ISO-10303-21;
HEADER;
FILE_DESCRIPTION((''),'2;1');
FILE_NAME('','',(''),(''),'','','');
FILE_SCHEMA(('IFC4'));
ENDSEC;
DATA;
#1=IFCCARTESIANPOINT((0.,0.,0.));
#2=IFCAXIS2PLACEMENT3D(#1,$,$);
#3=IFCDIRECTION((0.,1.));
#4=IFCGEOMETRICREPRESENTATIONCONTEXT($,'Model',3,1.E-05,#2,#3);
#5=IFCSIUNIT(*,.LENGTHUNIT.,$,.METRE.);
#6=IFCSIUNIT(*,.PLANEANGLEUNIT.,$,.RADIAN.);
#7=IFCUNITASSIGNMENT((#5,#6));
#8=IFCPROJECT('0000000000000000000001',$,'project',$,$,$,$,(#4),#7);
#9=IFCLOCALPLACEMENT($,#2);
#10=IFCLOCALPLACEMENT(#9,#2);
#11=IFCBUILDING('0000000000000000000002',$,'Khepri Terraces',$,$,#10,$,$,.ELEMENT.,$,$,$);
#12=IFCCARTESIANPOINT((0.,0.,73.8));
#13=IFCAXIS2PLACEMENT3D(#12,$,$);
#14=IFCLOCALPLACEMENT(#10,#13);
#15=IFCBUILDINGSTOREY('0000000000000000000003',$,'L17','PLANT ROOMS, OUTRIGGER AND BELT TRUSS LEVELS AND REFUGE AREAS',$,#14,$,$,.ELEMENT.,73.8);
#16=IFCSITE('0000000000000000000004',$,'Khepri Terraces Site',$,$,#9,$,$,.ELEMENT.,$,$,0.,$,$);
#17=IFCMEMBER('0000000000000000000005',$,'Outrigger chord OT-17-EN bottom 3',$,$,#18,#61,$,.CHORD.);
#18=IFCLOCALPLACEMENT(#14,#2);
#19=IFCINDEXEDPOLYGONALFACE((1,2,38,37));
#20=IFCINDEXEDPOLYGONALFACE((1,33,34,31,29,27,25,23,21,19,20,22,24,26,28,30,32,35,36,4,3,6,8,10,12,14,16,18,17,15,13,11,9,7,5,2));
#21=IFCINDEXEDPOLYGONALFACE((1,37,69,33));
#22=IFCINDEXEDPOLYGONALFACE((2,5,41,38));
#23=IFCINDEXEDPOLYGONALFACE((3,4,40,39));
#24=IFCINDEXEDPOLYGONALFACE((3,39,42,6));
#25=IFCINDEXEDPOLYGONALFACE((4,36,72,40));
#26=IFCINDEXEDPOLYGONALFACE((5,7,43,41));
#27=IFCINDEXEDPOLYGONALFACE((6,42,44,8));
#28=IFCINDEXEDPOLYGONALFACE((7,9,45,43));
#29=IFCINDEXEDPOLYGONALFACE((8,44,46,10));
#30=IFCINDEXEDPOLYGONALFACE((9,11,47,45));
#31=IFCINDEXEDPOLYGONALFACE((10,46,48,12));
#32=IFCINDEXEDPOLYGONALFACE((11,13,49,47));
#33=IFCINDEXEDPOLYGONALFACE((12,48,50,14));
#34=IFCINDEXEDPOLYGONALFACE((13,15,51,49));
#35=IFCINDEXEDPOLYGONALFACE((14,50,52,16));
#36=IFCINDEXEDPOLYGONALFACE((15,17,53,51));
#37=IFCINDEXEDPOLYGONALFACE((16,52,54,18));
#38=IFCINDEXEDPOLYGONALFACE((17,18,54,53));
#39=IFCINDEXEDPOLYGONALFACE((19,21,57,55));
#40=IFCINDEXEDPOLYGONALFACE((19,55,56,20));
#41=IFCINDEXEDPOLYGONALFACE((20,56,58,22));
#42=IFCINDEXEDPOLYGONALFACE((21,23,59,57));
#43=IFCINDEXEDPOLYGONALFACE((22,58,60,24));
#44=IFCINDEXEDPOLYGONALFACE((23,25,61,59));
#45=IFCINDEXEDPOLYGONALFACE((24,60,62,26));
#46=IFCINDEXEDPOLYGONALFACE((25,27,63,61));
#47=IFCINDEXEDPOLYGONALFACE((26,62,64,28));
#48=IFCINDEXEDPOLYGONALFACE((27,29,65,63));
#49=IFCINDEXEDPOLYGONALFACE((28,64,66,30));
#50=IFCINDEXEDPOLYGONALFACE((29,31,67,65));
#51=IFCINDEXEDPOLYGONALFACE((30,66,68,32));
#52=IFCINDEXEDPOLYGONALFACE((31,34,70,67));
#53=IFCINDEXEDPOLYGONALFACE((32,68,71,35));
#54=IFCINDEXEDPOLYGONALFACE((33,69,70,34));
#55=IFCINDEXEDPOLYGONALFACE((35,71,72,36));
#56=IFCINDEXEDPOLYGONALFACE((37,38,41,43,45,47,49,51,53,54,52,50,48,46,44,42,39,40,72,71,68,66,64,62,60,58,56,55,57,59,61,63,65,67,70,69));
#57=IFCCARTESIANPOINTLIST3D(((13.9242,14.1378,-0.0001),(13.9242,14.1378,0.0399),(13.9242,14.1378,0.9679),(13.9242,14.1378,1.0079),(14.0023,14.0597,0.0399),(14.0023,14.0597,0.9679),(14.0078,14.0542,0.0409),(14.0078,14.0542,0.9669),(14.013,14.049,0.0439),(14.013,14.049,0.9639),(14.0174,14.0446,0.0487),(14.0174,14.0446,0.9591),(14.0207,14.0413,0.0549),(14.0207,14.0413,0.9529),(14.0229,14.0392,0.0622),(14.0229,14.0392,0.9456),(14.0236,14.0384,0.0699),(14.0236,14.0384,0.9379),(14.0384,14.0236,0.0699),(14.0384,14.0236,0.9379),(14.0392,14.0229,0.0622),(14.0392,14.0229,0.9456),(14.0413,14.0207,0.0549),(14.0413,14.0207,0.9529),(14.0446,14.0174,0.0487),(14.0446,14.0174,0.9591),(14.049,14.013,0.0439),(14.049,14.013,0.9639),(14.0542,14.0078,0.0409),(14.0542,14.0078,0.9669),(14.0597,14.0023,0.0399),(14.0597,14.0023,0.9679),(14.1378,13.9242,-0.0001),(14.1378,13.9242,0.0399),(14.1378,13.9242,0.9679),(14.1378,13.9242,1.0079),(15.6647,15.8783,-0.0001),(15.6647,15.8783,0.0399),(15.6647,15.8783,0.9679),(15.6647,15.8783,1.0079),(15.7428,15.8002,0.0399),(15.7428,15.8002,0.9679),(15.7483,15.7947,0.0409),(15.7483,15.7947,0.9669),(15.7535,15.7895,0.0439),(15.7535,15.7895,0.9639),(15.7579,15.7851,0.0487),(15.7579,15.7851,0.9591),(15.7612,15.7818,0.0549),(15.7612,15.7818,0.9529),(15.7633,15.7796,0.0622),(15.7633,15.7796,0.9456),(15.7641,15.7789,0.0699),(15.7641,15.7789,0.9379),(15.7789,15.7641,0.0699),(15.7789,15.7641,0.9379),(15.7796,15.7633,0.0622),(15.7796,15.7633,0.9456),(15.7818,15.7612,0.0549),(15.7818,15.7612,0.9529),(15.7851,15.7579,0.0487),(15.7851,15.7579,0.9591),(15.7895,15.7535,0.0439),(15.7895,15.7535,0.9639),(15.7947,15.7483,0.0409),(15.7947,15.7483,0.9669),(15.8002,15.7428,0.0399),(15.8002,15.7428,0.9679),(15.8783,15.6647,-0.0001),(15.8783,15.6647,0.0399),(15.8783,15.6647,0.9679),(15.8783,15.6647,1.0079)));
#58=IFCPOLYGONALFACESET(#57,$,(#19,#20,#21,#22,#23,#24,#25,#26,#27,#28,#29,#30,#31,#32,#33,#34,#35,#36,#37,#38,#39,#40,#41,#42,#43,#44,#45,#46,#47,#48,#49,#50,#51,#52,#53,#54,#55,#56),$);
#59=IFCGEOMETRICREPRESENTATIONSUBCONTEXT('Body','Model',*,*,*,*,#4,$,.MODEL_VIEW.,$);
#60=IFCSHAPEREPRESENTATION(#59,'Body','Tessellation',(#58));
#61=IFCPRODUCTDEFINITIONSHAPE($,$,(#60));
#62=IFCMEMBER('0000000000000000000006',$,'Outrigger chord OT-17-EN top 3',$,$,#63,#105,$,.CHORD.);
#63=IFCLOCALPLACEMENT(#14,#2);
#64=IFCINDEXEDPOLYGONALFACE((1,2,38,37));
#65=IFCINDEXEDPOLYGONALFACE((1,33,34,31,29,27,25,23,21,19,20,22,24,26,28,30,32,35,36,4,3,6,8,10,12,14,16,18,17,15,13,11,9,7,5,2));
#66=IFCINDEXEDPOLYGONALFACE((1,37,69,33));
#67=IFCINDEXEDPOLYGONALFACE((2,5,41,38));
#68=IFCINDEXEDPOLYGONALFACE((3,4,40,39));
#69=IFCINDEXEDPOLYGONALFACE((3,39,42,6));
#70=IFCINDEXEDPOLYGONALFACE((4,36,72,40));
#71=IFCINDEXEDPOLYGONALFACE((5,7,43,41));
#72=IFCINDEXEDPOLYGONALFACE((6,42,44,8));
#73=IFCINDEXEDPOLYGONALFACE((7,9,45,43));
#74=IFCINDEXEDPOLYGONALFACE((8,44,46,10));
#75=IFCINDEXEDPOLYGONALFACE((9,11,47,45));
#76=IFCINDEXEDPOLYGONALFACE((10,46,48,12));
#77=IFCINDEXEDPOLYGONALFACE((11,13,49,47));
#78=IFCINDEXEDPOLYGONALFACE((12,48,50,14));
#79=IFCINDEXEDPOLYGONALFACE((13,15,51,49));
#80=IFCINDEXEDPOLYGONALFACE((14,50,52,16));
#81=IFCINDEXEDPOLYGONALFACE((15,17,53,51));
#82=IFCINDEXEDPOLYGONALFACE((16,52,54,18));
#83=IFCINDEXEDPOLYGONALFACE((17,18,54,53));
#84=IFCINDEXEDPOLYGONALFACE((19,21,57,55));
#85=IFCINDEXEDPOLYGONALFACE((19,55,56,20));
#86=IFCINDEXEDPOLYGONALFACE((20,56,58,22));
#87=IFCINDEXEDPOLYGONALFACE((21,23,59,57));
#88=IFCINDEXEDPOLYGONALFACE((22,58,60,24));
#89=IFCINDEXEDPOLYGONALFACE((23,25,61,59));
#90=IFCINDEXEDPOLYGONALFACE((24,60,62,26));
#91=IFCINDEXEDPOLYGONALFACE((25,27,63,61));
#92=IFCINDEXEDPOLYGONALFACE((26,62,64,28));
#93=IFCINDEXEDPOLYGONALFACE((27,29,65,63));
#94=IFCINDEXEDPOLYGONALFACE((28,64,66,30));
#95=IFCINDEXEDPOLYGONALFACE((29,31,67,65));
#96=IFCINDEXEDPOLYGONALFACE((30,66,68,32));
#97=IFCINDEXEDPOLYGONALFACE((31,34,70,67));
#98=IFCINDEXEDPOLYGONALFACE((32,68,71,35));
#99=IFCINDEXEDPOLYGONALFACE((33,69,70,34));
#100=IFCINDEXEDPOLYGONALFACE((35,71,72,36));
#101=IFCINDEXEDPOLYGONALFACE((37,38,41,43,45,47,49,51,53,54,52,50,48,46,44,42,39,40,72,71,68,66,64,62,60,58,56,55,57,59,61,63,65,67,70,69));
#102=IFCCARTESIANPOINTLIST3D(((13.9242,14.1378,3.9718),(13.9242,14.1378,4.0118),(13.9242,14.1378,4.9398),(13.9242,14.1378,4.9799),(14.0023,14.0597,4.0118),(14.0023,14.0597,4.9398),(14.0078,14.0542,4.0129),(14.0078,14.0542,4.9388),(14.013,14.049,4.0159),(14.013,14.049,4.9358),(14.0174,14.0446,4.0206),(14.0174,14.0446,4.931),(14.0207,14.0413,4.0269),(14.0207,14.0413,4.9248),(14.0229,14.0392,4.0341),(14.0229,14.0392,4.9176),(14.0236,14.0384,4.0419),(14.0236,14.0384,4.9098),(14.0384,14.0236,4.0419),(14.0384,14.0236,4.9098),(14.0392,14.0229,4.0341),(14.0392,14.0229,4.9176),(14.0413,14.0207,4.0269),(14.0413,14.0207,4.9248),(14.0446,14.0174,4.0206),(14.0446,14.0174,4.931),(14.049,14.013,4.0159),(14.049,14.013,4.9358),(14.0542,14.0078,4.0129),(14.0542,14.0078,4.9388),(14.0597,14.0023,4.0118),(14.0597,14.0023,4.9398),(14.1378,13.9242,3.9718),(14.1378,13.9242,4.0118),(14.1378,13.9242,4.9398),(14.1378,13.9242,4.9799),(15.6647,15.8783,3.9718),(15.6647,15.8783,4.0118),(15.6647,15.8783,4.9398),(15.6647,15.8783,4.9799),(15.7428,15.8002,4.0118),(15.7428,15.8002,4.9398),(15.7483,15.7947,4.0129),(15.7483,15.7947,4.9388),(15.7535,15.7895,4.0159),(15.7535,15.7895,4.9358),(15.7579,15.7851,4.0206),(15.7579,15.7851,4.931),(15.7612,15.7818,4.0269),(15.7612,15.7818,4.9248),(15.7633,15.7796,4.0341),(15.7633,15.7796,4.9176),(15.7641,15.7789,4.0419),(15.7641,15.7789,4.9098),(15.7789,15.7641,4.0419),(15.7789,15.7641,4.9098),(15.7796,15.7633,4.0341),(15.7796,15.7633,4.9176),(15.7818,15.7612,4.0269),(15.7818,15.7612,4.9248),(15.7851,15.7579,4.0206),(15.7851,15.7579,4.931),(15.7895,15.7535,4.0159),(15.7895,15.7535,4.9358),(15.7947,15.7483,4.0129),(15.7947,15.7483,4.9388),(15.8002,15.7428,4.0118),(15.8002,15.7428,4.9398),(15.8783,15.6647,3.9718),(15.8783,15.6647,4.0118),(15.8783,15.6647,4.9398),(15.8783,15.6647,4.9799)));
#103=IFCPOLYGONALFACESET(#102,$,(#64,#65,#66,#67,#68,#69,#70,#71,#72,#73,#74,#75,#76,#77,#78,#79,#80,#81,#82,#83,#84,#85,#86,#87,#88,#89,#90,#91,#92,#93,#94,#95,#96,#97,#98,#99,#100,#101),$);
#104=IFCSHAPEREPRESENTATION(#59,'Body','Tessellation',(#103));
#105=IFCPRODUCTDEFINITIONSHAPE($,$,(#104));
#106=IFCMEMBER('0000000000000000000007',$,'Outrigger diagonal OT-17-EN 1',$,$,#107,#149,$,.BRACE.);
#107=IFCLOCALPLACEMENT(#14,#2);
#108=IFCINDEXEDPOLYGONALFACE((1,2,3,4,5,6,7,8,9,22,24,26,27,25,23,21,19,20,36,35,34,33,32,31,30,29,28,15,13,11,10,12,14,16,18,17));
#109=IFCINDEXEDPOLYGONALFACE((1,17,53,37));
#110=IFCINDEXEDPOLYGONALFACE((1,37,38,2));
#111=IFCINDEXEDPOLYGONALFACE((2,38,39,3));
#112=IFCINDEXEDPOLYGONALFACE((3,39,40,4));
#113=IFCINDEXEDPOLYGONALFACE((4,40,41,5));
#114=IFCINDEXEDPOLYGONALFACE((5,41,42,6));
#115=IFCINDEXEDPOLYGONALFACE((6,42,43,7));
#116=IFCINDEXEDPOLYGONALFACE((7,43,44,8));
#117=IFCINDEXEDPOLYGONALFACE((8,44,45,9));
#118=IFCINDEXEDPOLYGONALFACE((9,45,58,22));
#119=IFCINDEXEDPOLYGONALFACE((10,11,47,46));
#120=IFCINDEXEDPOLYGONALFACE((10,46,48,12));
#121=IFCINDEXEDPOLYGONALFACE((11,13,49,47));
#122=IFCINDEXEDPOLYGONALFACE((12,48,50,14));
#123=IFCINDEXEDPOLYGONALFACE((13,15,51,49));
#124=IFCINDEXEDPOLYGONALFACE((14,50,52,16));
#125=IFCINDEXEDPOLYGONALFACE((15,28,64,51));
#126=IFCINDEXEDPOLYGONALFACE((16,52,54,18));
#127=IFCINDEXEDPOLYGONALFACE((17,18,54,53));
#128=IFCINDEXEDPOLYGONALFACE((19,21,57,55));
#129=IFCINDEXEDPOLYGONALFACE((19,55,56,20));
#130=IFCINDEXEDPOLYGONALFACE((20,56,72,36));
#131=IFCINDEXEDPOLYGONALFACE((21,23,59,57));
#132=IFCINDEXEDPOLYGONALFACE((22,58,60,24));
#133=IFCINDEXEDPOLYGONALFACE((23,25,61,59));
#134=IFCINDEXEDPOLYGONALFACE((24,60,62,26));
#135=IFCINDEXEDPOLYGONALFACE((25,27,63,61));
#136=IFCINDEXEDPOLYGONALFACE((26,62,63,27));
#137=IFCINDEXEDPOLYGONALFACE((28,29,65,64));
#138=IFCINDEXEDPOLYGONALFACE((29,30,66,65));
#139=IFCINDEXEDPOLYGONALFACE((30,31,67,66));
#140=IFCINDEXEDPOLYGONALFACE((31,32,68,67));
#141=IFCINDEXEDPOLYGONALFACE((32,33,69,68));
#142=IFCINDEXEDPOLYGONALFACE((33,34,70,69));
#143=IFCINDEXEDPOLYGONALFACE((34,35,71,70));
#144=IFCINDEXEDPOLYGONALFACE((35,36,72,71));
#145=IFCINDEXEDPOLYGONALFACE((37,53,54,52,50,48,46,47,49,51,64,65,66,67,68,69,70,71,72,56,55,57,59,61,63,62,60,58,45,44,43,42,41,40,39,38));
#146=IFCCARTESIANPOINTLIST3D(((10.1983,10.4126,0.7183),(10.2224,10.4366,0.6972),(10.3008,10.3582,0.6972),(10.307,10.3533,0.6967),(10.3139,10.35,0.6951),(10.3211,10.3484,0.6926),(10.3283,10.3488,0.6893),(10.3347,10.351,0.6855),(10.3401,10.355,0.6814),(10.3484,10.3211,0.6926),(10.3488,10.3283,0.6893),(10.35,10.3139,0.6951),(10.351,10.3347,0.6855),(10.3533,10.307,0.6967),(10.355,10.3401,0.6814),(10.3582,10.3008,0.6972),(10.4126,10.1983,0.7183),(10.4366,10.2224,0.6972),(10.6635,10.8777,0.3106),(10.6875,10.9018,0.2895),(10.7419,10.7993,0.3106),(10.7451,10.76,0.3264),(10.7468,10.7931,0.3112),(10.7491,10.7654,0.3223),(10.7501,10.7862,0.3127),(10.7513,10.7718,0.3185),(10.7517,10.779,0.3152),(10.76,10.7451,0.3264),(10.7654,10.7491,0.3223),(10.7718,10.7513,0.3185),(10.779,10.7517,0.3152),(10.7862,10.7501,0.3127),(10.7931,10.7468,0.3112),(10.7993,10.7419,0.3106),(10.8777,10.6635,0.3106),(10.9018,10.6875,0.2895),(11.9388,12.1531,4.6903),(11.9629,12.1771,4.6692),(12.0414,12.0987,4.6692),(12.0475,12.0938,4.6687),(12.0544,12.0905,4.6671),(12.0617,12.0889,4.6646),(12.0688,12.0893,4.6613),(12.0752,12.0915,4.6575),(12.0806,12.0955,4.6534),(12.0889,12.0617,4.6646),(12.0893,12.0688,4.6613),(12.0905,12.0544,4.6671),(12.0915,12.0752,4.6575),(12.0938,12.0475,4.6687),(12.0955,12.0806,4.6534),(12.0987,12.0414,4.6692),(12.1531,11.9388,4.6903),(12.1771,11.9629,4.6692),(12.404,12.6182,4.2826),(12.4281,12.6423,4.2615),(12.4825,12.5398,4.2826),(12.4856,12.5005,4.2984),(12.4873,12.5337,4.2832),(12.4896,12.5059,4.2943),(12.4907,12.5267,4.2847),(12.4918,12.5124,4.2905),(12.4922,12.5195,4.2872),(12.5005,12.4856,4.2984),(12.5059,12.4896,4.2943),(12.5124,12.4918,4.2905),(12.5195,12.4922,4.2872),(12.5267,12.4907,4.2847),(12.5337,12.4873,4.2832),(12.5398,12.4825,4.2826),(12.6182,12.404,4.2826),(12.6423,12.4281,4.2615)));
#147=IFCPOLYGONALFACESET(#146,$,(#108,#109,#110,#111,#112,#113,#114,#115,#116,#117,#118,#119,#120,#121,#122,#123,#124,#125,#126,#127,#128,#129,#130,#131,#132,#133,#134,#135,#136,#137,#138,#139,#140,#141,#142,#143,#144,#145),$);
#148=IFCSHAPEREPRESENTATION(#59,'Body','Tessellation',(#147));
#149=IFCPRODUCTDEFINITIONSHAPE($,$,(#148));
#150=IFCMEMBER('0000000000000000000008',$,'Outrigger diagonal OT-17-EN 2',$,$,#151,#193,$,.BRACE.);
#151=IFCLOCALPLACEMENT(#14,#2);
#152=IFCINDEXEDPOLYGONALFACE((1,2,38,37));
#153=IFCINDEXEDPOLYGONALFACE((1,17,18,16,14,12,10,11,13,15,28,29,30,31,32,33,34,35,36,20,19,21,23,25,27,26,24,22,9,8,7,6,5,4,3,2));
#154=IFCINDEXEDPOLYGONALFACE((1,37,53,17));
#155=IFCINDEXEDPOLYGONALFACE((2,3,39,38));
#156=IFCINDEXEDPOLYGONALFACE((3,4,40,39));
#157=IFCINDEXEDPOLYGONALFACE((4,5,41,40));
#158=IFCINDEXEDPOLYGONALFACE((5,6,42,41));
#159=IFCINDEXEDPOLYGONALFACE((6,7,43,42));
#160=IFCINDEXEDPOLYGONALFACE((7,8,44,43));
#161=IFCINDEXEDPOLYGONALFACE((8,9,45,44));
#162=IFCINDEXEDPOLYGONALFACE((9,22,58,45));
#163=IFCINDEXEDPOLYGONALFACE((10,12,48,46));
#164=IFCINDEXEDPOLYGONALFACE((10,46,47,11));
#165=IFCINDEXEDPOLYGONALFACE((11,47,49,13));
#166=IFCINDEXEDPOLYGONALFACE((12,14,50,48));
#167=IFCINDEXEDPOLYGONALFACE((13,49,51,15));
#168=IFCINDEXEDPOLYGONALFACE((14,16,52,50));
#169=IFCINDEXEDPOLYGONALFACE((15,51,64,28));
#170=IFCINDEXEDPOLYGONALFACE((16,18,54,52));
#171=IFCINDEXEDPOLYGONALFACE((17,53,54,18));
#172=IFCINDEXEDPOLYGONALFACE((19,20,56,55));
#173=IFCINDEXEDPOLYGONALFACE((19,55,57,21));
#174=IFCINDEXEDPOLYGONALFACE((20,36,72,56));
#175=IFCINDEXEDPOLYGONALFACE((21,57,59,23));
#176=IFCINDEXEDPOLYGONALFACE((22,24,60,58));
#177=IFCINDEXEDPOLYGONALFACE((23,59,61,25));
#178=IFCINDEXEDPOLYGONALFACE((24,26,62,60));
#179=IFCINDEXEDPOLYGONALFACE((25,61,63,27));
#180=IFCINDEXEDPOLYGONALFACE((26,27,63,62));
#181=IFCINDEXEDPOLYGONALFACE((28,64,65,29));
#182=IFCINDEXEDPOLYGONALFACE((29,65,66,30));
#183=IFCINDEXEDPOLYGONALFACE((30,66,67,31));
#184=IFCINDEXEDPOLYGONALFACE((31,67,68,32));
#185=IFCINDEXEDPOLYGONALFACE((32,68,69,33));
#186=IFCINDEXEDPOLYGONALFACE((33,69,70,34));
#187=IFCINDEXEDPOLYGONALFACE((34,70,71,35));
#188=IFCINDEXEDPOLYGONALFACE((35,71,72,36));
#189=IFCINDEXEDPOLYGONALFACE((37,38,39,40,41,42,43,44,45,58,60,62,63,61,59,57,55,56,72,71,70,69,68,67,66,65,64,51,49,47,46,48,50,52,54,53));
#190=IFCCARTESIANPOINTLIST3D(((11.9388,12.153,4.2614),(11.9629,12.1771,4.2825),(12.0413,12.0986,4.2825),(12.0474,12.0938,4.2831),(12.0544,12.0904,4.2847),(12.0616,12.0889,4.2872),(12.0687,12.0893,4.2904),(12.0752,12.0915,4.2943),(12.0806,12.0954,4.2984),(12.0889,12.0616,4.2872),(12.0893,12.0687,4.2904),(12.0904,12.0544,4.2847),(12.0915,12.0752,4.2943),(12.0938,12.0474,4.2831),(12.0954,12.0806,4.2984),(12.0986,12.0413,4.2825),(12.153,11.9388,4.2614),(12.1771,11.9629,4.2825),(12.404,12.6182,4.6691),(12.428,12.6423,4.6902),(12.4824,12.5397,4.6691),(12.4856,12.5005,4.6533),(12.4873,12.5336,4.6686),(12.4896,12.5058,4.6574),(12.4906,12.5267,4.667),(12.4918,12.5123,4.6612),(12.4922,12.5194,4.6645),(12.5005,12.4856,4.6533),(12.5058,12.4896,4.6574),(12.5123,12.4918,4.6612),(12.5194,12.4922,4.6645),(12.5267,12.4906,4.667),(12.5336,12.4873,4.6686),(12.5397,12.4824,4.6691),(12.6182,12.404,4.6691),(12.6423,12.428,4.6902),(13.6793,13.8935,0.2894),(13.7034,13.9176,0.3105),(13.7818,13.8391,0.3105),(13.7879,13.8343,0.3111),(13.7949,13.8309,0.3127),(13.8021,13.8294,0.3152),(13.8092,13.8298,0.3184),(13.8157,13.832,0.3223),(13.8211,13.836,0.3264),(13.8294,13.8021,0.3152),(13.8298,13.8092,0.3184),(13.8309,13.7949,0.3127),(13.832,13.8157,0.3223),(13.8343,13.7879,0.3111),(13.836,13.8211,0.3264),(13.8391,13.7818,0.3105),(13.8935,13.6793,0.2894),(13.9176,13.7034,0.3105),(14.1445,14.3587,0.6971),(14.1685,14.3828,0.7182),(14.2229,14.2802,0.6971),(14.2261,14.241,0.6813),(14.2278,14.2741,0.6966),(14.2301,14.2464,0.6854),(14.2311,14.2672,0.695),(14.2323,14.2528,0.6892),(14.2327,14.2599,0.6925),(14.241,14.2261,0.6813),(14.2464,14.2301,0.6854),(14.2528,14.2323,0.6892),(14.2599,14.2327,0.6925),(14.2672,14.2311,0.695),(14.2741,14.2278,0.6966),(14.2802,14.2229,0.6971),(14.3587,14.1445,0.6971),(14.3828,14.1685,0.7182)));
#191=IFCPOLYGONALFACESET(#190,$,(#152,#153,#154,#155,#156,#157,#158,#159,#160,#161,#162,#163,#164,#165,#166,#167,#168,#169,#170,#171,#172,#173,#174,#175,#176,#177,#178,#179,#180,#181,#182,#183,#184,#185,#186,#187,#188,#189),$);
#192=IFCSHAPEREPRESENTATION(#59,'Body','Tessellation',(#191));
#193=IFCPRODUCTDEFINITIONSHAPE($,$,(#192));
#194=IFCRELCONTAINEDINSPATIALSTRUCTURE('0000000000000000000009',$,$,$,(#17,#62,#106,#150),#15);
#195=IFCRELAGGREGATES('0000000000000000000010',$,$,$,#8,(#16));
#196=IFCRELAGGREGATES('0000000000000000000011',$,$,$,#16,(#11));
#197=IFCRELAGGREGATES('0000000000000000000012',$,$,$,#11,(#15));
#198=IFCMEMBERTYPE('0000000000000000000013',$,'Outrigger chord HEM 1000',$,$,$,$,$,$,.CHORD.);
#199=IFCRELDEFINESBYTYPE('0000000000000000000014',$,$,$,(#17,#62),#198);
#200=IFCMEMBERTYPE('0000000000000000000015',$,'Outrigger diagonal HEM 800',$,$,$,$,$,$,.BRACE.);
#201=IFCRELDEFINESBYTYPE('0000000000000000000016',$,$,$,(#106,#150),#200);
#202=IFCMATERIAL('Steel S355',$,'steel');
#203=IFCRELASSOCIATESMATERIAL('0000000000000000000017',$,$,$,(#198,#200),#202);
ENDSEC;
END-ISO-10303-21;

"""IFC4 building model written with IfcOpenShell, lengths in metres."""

from ifc_helpers import new_model, si_unit, direction, frame, origin, origin_2d, place, context, subcontext, project, spatial, i_section, extrude, material, material_profile, profile_set, type_object, element, save


model = new_model("IFC4")

# Units and contexts
model_context = context("Model", 3, precision=1e-05, world=origin(), true_north=direction((0.0, 1.0)))
body_context = subcontext(model_context, "Body", "Model", "MODEL_VIEW")
ifc_project = project(units=[si_unit("LENGTHUNIT", "METRE"), si_unit("PLANEANGLEUNIT", "RADIAN")], contexts=[model_context])

# Site, building, storey
site_placement = place(None, origin())
site = spatial("IfcSite", under=ifc_project, at=site_placement, Name="Khepri Terraces Site", CompositionType="ELEMENT", RefElevation=0.0)
building_placement = place(site_placement, origin())
building = spatial("IfcBuilding", under=site, at=building_placement, Name="Khepri Terraces", CompositionType="ELEMENT")
storey_placement = place(building_placement, frame((0.0, 0.0, 73.8)))
storey = spatial("IfcBuildingStorey", under=building, at=storey_placement, Name="L17", Description="PLANT ROOMS, OUTRIGGER AND BELT TRUSS LEVELS AND REFUGE AREAS", CompositionType="ELEMENT", Elevation=73.8)

# Members
ifc_material_1 = material(Name="Steel S355", Category="steel")
ifc_material_profile_1 = material_profile(ifc_material_1, i_section(OverallWidth=0.302, OverallDepth=1.0081, WebThickness=0.021, FlangeThickness=0.04, FilletRadius=0.03, at=origin_2d()), Name="Steel S355", Category="steel")
ifc_profile_set_1 = profile_set([ifc_material_profile_1], Name="Steel S355")
member_type_1 = type_object("IfcMemberType", Name="Outrigger chord HEM 1000", PredefinedType="CHORD", material=ifc_profile_set_1)
for number, where, z_axis, x_axis, name in (
    (1, (14.031, 14.031, 0.5039), (0.707107, 0.707107, 0.0), (-0.707107, 0.707107, 0.0), "Outrigger chord OT-17-EN bottom 3"),
    (2, (14.031, 14.031, 4.4758), (0.707107, 0.707107, 0.0), (-0.707107, 0.707107, 0.0), "Outrigger chord OT-17-EN top 3"),
):
    element("IfcMember", number, at=place(storey_placement, frame(where, z_axis=z_axis, x_axis=x_axis)), inside=storey, type_object=member_type_1, Name=name, PredefinedType="CHORD", context=body_context, shape_type="SweptSolid", body=[
        extrude(i_section(OverallWidth=0.302, OverallDepth=1.0081, WebThickness=0.021, FlangeThickness=0.04, FilletRadius=0.03, at=origin_2d()), origin(), (0.0, 0.0, 1.0), 2.4614),
    ])
ifc_material_profile_2 = material_profile(ifc_material_1, i_section(OverallWidth=0.303, OverallDepth=0.814, WebThickness=0.021, FlangeThickness=0.04, FilletRadius=0.03, at=origin_2d()), Name="Steel S355", Category="steel")
ifc_profile_set_2 = profile_set([ifc_material_profile_2], Name="Steel S355")
member_type_2 = type_object("IfcMemberType", Name="Outrigger diagonal HEM 800", PredefinedType="BRACE", material=ifc_profile_set_2)
for number, where, z_axis, x_axis, name in (
    (3, (10.55, 10.55, 0.5039), (0.372473, 0.372473, 0.850016), (-0.707107, 0.707107, 0.0), "Outrigger diagonal OT-17-EN 1"),
    (4, (12.2905, 12.2905, 4.4758), (0.372473, 0.372473, -0.850016), (-0.707107, 0.707107, 0.0), "Outrigger diagonal OT-17-EN 2"),
):
    element("IfcMember", number, at=place(storey_placement, frame(where, z_axis=z_axis, x_axis=x_axis)), inside=storey, type_object=member_type_2, Name=name, PredefinedType="BRACE", context=body_context, shape_type="SweptSolid", body=[
        extrude(i_section(OverallWidth=0.303, OverallDepth=0.814, WebThickness=0.021, FlangeThickness=0.04, FilletRadius=0.03, at=origin_2d()), origin(), (0.0, 0.0, 1.0), 4.6729),
    ])

save(model, "model.ifc")
